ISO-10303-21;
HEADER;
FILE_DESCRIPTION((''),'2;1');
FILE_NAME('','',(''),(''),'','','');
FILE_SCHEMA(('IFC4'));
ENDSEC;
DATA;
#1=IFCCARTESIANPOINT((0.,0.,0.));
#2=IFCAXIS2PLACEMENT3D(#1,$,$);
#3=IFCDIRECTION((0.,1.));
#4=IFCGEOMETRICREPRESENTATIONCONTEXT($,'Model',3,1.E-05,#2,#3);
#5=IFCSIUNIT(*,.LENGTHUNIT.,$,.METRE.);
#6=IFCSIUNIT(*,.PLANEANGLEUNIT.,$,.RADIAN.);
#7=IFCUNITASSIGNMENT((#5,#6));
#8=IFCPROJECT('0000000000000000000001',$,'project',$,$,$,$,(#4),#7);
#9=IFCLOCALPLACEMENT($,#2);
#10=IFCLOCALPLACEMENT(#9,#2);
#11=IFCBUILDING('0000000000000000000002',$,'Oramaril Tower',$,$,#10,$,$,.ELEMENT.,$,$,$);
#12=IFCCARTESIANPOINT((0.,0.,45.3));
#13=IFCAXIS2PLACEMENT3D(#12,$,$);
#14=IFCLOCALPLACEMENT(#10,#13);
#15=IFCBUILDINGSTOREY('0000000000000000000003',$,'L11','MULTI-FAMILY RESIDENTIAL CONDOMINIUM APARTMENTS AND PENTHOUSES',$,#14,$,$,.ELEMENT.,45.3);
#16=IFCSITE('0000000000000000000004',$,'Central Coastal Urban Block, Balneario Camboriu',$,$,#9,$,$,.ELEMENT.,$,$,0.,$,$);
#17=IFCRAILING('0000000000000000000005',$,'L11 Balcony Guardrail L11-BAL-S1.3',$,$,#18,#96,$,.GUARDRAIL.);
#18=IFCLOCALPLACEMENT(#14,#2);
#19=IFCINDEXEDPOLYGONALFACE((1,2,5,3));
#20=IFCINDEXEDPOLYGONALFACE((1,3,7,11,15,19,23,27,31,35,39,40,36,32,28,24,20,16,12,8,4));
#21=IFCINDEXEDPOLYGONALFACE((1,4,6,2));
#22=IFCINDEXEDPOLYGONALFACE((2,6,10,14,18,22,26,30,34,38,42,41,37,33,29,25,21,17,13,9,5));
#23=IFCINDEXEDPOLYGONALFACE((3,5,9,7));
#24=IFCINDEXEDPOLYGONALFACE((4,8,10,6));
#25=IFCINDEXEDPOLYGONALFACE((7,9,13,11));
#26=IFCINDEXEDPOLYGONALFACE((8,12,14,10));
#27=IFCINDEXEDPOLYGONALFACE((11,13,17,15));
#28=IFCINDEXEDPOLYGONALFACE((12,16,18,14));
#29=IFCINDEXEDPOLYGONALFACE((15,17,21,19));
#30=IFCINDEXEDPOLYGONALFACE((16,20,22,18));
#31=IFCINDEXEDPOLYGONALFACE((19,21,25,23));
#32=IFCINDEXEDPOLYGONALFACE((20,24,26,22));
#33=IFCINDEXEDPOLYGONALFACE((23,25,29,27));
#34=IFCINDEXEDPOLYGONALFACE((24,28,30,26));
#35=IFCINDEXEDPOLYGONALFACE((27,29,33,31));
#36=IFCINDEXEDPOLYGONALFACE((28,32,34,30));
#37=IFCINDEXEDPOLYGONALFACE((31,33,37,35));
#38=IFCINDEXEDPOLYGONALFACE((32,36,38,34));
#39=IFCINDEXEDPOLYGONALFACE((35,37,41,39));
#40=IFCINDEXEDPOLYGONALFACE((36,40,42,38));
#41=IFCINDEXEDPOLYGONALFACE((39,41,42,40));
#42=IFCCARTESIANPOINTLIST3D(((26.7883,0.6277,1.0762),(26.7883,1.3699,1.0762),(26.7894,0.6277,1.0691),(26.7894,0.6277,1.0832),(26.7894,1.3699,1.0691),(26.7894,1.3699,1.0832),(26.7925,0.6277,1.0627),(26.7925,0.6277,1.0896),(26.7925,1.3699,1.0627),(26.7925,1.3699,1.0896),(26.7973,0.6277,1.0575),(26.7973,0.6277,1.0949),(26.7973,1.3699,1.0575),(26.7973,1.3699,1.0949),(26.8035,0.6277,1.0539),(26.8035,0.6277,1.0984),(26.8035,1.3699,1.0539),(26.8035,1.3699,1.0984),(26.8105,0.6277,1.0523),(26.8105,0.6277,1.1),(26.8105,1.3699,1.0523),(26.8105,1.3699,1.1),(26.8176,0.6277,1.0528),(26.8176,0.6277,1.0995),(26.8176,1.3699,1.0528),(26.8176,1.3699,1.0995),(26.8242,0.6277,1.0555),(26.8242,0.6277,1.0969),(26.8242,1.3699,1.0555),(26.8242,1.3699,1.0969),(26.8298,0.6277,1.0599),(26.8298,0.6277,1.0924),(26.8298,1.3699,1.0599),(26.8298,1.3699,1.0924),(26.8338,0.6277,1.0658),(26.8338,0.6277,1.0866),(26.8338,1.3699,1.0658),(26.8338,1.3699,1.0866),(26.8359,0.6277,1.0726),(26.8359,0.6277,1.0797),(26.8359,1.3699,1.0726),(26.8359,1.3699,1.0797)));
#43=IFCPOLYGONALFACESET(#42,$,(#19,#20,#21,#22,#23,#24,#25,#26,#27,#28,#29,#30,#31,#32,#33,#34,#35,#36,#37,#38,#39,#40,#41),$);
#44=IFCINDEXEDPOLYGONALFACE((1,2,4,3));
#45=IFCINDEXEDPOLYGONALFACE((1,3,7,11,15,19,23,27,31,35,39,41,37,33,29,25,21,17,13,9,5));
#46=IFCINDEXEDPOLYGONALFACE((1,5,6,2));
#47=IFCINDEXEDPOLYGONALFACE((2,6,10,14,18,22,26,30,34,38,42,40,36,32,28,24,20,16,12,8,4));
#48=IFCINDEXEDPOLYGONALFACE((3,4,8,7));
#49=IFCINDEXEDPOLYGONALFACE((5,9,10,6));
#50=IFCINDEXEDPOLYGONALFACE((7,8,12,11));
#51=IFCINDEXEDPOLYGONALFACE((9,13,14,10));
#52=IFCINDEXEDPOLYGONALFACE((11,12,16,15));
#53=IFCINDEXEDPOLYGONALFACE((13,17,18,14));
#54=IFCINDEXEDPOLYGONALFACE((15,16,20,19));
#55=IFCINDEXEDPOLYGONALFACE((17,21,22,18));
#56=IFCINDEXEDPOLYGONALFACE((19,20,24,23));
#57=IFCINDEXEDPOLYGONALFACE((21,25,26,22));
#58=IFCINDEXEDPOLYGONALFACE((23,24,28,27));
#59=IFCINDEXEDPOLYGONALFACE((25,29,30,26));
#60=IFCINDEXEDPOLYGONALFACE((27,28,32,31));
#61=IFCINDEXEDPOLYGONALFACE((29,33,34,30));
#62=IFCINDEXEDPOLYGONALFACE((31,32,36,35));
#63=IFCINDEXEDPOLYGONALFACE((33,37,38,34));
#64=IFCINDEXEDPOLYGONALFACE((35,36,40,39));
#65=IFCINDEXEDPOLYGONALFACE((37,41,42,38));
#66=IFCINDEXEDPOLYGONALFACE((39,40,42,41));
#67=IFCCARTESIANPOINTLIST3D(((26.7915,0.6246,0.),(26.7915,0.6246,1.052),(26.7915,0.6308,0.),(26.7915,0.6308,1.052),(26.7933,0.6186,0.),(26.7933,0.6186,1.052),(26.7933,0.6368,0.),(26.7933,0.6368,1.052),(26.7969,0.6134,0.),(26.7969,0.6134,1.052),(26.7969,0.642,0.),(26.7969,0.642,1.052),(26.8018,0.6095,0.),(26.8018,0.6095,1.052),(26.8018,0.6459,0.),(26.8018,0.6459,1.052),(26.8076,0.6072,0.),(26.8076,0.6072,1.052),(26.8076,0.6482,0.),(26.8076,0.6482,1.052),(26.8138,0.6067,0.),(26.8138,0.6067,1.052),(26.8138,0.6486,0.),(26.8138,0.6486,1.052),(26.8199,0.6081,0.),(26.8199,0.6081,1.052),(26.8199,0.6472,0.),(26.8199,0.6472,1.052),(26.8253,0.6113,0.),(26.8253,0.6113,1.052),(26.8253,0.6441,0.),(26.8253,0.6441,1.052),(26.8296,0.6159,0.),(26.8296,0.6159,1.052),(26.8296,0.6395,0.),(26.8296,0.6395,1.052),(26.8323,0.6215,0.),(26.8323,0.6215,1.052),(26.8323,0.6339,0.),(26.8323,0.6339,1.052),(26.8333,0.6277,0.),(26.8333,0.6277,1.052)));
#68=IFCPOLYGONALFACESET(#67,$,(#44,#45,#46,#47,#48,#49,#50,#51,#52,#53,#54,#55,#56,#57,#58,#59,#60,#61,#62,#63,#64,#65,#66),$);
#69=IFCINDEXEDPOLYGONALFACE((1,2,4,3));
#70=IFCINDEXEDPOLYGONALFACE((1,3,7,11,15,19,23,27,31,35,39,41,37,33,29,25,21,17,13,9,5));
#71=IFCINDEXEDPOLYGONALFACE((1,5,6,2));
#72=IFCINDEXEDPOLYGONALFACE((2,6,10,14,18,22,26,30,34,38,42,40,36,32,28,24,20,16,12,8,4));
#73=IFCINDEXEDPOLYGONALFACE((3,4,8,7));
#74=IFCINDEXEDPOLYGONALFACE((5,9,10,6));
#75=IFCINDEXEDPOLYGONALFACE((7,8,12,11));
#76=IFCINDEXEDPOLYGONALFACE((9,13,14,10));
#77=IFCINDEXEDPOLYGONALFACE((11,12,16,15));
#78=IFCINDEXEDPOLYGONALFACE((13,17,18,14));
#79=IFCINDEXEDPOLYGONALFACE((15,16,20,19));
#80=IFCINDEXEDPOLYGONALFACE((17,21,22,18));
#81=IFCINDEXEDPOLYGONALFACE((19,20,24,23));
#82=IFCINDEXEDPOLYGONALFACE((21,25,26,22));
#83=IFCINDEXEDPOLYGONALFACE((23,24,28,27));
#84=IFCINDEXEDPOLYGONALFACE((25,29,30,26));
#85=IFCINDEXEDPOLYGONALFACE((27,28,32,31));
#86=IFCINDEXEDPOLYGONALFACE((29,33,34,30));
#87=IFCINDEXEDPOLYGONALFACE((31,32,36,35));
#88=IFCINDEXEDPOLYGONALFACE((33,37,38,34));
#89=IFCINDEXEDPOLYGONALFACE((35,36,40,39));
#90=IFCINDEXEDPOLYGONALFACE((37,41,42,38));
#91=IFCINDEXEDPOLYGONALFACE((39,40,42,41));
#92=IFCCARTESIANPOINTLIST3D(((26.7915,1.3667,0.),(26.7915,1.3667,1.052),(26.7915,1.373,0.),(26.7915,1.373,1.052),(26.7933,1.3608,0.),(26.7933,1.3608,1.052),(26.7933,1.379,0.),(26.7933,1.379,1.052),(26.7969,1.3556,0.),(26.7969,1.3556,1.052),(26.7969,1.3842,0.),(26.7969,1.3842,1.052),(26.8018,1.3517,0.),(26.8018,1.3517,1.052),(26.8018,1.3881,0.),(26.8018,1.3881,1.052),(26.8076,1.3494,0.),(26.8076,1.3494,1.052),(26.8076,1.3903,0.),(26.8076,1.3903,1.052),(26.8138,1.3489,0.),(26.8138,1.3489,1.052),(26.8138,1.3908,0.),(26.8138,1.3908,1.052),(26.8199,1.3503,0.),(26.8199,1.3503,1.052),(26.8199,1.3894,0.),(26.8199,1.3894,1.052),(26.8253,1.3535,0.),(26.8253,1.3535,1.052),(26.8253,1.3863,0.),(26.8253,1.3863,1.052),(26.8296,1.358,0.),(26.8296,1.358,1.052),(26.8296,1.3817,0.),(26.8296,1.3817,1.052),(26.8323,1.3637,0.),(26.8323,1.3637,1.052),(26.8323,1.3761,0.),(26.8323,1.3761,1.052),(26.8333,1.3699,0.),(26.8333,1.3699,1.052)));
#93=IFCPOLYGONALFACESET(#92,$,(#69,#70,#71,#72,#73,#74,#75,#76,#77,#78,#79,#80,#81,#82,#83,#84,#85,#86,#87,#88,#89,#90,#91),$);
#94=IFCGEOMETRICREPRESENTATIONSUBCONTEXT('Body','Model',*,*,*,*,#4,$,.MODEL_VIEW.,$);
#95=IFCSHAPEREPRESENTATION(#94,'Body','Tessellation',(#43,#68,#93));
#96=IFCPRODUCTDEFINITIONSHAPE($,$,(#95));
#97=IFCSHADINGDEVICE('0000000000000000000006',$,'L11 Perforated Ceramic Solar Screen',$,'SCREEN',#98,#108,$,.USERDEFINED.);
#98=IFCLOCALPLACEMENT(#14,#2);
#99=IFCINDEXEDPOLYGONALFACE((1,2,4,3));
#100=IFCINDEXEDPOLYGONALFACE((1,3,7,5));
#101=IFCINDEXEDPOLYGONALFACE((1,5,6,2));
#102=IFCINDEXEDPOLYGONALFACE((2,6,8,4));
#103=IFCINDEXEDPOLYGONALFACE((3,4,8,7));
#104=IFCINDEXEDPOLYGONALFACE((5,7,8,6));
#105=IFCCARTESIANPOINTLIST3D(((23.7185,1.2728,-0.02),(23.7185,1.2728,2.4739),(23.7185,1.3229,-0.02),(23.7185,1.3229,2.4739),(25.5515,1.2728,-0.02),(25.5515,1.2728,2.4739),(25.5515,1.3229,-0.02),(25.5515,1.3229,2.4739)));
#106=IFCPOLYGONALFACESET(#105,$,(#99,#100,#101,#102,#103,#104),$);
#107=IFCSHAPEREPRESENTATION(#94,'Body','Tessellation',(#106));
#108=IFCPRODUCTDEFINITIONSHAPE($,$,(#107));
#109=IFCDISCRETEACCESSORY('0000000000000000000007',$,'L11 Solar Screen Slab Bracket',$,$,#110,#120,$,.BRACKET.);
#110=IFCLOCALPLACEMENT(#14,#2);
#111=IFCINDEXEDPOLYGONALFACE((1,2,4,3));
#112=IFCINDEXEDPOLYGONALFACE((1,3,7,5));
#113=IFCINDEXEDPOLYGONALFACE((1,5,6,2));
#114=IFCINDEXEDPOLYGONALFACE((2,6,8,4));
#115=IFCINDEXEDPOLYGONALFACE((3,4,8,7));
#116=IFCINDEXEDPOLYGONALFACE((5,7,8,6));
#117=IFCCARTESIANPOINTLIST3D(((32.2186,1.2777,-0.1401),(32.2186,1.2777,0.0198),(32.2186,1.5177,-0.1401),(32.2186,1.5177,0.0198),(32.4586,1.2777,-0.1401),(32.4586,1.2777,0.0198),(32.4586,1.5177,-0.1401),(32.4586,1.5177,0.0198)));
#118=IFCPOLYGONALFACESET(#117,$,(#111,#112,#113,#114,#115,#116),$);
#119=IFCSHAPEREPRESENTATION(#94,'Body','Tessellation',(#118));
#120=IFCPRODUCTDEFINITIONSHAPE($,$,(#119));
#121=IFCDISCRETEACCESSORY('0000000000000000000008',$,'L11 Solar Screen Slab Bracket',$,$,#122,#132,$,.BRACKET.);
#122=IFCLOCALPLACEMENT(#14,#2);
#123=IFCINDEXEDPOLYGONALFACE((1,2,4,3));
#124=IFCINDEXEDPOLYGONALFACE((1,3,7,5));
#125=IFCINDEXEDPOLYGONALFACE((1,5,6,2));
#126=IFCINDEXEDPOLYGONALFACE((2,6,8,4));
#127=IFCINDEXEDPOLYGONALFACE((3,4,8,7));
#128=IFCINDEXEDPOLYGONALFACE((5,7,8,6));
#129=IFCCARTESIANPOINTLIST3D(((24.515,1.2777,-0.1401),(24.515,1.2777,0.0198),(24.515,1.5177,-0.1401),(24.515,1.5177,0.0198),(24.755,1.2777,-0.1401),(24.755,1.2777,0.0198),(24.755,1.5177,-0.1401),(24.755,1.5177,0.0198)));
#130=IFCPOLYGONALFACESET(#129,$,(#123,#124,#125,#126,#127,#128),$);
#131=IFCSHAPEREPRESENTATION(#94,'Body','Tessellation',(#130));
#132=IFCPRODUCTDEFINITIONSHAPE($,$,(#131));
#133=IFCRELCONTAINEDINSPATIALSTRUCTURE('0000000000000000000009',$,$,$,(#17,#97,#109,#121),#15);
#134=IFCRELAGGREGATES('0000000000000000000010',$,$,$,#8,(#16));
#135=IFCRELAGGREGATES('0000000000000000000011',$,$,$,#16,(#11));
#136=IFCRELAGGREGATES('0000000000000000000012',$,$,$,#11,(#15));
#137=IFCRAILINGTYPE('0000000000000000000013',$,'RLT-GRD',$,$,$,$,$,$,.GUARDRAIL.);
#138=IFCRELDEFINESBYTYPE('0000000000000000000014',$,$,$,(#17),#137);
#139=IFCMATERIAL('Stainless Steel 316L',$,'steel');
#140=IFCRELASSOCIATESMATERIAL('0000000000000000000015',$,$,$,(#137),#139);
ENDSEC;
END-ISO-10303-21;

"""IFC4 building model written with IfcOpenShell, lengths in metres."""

from ifc_helpers import new_model, si_unit, direction, frame, origin, origin_2d, place, context, subcontext, project, spatial, rectangle, circle, extrude, material, type_object, element, save


model = new_model("IFC4")

# Units and contexts
model_context = context("Model", 3, precision=1e-05, world=origin(), true_north=direction((0.0, 1.0)))
body_context = subcontext(model_context, "Body", "Model", "MODEL_VIEW")
ifc_project = project(units=[si_unit("LENGTHUNIT", "METRE"), si_unit("PLANEANGLEUNIT", "RADIAN")], contexts=[model_context])

# Site, building, storey
site_placement = place(None, origin())
site = spatial("IfcSite", under=ifc_project, at=site_placement, Name="Central Coastal Urban Block, Balneario Camboriu", CompositionType="ELEMENT", RefElevation=0.0)
building_placement = place(site_placement, origin())
building = spatial("IfcBuilding", under=site, at=building_placement, Name="Oramaril Tower", CompositionType="ELEMENT")
storey_placement = place(building_placement, frame((0.0, 0.0, 45.3)))
storey = spatial("IfcBuildingStorey", under=building, at=storey_placement, Name="L11", Description="MULTI-FAMILY RESIDENTIAL CONDOMINIUM APARTMENTS AND PENTHOUSES", CompositionType="ELEMENT", Elevation=45.3)

# Railing
ifc_material_1 = material(Name="Stainless Steel 316L", Category="steel")
railing_type = type_object("IfcRailingType", Name="RLT-GRD", PredefinedType="GUARDRAIL", material=ifc_material_1)
railing_placement = place(storey_placement, frame((26.8123, 0.6277, 0.0)))
element("IfcRailing", 1, at=railing_placement, inside=storey, type_object=railing_type, Name="L11 Balcony Guardrail L11-BAL-S1.3", PredefinedType="GUARDRAIL", context=body_context, shape_type="SweptSolid", body=[
    extrude(circle(Radius=0.0239, at=origin_2d()), frame((0.0, 0.0, 1.0762), z_axis=(0.0, 1.0, 0.0), x_axis=(-1.0, 0.0, 0.0)), (0.0, 0.0, 1.0), 0.7422),
    extrude(circle(Radius=0.021, at=origin_2d()), origin(), (0.0, 0.0, 1.0), 1.052),
    extrude(circle(Radius=0.021, at=origin_2d()), frame((0.0, 0.7422, 0.0)), (0.0, 0.0, 1.0), 1.052),
])

# Shading device
shading_device_placement = place(storey_placement, frame((24.635, 1.2979, -0.02), z_axis=(0.0, 0.0, 1.0), x_axis=(1.0, 0.0, 0.0)))
element("IfcShadingDevice", 2, at=shading_device_placement, inside=storey, Name="L11 Perforated Ceramic Solar Screen", ObjectType="SCREEN", PredefinedType="USERDEFINED", context=body_context, shape_type="SweptSolid", body=[
    extrude(rectangle(XDim=1.833, YDim=0.05, at=origin_2d()), origin(), (0.0, 0.0, 1.0), 2.4939),
])

# Discrete accessories
for number, where, z_axis, x_axis, name in (
    (3, (32.3386, 1.3977, -0.1401), (0.0, 0.0, 1.0), (1.0, 0.0, 0.0), "L11 Solar Screen Slab Bracket"),
    (4, (24.635, 1.3977, -0.1401), (0.0, 0.0, 1.0), (1.0, 0.0, 0.0), "L11 Solar Screen Slab Bracket"),
):
    element("IfcDiscreteAccessory", number, at=place(storey_placement, frame(where, z_axis=z_axis, x_axis=x_axis)), inside=storey, Name=name, PredefinedType="BRACKET", context=body_context, shape_type="SweptSolid", body=[
        extrude(rectangle(XDim=0.24, YDim=0.24, at=origin_2d()), origin(), (0.0, 0.0, 1.0), 0.1599),
    ])

save(model, "model.ifc")
